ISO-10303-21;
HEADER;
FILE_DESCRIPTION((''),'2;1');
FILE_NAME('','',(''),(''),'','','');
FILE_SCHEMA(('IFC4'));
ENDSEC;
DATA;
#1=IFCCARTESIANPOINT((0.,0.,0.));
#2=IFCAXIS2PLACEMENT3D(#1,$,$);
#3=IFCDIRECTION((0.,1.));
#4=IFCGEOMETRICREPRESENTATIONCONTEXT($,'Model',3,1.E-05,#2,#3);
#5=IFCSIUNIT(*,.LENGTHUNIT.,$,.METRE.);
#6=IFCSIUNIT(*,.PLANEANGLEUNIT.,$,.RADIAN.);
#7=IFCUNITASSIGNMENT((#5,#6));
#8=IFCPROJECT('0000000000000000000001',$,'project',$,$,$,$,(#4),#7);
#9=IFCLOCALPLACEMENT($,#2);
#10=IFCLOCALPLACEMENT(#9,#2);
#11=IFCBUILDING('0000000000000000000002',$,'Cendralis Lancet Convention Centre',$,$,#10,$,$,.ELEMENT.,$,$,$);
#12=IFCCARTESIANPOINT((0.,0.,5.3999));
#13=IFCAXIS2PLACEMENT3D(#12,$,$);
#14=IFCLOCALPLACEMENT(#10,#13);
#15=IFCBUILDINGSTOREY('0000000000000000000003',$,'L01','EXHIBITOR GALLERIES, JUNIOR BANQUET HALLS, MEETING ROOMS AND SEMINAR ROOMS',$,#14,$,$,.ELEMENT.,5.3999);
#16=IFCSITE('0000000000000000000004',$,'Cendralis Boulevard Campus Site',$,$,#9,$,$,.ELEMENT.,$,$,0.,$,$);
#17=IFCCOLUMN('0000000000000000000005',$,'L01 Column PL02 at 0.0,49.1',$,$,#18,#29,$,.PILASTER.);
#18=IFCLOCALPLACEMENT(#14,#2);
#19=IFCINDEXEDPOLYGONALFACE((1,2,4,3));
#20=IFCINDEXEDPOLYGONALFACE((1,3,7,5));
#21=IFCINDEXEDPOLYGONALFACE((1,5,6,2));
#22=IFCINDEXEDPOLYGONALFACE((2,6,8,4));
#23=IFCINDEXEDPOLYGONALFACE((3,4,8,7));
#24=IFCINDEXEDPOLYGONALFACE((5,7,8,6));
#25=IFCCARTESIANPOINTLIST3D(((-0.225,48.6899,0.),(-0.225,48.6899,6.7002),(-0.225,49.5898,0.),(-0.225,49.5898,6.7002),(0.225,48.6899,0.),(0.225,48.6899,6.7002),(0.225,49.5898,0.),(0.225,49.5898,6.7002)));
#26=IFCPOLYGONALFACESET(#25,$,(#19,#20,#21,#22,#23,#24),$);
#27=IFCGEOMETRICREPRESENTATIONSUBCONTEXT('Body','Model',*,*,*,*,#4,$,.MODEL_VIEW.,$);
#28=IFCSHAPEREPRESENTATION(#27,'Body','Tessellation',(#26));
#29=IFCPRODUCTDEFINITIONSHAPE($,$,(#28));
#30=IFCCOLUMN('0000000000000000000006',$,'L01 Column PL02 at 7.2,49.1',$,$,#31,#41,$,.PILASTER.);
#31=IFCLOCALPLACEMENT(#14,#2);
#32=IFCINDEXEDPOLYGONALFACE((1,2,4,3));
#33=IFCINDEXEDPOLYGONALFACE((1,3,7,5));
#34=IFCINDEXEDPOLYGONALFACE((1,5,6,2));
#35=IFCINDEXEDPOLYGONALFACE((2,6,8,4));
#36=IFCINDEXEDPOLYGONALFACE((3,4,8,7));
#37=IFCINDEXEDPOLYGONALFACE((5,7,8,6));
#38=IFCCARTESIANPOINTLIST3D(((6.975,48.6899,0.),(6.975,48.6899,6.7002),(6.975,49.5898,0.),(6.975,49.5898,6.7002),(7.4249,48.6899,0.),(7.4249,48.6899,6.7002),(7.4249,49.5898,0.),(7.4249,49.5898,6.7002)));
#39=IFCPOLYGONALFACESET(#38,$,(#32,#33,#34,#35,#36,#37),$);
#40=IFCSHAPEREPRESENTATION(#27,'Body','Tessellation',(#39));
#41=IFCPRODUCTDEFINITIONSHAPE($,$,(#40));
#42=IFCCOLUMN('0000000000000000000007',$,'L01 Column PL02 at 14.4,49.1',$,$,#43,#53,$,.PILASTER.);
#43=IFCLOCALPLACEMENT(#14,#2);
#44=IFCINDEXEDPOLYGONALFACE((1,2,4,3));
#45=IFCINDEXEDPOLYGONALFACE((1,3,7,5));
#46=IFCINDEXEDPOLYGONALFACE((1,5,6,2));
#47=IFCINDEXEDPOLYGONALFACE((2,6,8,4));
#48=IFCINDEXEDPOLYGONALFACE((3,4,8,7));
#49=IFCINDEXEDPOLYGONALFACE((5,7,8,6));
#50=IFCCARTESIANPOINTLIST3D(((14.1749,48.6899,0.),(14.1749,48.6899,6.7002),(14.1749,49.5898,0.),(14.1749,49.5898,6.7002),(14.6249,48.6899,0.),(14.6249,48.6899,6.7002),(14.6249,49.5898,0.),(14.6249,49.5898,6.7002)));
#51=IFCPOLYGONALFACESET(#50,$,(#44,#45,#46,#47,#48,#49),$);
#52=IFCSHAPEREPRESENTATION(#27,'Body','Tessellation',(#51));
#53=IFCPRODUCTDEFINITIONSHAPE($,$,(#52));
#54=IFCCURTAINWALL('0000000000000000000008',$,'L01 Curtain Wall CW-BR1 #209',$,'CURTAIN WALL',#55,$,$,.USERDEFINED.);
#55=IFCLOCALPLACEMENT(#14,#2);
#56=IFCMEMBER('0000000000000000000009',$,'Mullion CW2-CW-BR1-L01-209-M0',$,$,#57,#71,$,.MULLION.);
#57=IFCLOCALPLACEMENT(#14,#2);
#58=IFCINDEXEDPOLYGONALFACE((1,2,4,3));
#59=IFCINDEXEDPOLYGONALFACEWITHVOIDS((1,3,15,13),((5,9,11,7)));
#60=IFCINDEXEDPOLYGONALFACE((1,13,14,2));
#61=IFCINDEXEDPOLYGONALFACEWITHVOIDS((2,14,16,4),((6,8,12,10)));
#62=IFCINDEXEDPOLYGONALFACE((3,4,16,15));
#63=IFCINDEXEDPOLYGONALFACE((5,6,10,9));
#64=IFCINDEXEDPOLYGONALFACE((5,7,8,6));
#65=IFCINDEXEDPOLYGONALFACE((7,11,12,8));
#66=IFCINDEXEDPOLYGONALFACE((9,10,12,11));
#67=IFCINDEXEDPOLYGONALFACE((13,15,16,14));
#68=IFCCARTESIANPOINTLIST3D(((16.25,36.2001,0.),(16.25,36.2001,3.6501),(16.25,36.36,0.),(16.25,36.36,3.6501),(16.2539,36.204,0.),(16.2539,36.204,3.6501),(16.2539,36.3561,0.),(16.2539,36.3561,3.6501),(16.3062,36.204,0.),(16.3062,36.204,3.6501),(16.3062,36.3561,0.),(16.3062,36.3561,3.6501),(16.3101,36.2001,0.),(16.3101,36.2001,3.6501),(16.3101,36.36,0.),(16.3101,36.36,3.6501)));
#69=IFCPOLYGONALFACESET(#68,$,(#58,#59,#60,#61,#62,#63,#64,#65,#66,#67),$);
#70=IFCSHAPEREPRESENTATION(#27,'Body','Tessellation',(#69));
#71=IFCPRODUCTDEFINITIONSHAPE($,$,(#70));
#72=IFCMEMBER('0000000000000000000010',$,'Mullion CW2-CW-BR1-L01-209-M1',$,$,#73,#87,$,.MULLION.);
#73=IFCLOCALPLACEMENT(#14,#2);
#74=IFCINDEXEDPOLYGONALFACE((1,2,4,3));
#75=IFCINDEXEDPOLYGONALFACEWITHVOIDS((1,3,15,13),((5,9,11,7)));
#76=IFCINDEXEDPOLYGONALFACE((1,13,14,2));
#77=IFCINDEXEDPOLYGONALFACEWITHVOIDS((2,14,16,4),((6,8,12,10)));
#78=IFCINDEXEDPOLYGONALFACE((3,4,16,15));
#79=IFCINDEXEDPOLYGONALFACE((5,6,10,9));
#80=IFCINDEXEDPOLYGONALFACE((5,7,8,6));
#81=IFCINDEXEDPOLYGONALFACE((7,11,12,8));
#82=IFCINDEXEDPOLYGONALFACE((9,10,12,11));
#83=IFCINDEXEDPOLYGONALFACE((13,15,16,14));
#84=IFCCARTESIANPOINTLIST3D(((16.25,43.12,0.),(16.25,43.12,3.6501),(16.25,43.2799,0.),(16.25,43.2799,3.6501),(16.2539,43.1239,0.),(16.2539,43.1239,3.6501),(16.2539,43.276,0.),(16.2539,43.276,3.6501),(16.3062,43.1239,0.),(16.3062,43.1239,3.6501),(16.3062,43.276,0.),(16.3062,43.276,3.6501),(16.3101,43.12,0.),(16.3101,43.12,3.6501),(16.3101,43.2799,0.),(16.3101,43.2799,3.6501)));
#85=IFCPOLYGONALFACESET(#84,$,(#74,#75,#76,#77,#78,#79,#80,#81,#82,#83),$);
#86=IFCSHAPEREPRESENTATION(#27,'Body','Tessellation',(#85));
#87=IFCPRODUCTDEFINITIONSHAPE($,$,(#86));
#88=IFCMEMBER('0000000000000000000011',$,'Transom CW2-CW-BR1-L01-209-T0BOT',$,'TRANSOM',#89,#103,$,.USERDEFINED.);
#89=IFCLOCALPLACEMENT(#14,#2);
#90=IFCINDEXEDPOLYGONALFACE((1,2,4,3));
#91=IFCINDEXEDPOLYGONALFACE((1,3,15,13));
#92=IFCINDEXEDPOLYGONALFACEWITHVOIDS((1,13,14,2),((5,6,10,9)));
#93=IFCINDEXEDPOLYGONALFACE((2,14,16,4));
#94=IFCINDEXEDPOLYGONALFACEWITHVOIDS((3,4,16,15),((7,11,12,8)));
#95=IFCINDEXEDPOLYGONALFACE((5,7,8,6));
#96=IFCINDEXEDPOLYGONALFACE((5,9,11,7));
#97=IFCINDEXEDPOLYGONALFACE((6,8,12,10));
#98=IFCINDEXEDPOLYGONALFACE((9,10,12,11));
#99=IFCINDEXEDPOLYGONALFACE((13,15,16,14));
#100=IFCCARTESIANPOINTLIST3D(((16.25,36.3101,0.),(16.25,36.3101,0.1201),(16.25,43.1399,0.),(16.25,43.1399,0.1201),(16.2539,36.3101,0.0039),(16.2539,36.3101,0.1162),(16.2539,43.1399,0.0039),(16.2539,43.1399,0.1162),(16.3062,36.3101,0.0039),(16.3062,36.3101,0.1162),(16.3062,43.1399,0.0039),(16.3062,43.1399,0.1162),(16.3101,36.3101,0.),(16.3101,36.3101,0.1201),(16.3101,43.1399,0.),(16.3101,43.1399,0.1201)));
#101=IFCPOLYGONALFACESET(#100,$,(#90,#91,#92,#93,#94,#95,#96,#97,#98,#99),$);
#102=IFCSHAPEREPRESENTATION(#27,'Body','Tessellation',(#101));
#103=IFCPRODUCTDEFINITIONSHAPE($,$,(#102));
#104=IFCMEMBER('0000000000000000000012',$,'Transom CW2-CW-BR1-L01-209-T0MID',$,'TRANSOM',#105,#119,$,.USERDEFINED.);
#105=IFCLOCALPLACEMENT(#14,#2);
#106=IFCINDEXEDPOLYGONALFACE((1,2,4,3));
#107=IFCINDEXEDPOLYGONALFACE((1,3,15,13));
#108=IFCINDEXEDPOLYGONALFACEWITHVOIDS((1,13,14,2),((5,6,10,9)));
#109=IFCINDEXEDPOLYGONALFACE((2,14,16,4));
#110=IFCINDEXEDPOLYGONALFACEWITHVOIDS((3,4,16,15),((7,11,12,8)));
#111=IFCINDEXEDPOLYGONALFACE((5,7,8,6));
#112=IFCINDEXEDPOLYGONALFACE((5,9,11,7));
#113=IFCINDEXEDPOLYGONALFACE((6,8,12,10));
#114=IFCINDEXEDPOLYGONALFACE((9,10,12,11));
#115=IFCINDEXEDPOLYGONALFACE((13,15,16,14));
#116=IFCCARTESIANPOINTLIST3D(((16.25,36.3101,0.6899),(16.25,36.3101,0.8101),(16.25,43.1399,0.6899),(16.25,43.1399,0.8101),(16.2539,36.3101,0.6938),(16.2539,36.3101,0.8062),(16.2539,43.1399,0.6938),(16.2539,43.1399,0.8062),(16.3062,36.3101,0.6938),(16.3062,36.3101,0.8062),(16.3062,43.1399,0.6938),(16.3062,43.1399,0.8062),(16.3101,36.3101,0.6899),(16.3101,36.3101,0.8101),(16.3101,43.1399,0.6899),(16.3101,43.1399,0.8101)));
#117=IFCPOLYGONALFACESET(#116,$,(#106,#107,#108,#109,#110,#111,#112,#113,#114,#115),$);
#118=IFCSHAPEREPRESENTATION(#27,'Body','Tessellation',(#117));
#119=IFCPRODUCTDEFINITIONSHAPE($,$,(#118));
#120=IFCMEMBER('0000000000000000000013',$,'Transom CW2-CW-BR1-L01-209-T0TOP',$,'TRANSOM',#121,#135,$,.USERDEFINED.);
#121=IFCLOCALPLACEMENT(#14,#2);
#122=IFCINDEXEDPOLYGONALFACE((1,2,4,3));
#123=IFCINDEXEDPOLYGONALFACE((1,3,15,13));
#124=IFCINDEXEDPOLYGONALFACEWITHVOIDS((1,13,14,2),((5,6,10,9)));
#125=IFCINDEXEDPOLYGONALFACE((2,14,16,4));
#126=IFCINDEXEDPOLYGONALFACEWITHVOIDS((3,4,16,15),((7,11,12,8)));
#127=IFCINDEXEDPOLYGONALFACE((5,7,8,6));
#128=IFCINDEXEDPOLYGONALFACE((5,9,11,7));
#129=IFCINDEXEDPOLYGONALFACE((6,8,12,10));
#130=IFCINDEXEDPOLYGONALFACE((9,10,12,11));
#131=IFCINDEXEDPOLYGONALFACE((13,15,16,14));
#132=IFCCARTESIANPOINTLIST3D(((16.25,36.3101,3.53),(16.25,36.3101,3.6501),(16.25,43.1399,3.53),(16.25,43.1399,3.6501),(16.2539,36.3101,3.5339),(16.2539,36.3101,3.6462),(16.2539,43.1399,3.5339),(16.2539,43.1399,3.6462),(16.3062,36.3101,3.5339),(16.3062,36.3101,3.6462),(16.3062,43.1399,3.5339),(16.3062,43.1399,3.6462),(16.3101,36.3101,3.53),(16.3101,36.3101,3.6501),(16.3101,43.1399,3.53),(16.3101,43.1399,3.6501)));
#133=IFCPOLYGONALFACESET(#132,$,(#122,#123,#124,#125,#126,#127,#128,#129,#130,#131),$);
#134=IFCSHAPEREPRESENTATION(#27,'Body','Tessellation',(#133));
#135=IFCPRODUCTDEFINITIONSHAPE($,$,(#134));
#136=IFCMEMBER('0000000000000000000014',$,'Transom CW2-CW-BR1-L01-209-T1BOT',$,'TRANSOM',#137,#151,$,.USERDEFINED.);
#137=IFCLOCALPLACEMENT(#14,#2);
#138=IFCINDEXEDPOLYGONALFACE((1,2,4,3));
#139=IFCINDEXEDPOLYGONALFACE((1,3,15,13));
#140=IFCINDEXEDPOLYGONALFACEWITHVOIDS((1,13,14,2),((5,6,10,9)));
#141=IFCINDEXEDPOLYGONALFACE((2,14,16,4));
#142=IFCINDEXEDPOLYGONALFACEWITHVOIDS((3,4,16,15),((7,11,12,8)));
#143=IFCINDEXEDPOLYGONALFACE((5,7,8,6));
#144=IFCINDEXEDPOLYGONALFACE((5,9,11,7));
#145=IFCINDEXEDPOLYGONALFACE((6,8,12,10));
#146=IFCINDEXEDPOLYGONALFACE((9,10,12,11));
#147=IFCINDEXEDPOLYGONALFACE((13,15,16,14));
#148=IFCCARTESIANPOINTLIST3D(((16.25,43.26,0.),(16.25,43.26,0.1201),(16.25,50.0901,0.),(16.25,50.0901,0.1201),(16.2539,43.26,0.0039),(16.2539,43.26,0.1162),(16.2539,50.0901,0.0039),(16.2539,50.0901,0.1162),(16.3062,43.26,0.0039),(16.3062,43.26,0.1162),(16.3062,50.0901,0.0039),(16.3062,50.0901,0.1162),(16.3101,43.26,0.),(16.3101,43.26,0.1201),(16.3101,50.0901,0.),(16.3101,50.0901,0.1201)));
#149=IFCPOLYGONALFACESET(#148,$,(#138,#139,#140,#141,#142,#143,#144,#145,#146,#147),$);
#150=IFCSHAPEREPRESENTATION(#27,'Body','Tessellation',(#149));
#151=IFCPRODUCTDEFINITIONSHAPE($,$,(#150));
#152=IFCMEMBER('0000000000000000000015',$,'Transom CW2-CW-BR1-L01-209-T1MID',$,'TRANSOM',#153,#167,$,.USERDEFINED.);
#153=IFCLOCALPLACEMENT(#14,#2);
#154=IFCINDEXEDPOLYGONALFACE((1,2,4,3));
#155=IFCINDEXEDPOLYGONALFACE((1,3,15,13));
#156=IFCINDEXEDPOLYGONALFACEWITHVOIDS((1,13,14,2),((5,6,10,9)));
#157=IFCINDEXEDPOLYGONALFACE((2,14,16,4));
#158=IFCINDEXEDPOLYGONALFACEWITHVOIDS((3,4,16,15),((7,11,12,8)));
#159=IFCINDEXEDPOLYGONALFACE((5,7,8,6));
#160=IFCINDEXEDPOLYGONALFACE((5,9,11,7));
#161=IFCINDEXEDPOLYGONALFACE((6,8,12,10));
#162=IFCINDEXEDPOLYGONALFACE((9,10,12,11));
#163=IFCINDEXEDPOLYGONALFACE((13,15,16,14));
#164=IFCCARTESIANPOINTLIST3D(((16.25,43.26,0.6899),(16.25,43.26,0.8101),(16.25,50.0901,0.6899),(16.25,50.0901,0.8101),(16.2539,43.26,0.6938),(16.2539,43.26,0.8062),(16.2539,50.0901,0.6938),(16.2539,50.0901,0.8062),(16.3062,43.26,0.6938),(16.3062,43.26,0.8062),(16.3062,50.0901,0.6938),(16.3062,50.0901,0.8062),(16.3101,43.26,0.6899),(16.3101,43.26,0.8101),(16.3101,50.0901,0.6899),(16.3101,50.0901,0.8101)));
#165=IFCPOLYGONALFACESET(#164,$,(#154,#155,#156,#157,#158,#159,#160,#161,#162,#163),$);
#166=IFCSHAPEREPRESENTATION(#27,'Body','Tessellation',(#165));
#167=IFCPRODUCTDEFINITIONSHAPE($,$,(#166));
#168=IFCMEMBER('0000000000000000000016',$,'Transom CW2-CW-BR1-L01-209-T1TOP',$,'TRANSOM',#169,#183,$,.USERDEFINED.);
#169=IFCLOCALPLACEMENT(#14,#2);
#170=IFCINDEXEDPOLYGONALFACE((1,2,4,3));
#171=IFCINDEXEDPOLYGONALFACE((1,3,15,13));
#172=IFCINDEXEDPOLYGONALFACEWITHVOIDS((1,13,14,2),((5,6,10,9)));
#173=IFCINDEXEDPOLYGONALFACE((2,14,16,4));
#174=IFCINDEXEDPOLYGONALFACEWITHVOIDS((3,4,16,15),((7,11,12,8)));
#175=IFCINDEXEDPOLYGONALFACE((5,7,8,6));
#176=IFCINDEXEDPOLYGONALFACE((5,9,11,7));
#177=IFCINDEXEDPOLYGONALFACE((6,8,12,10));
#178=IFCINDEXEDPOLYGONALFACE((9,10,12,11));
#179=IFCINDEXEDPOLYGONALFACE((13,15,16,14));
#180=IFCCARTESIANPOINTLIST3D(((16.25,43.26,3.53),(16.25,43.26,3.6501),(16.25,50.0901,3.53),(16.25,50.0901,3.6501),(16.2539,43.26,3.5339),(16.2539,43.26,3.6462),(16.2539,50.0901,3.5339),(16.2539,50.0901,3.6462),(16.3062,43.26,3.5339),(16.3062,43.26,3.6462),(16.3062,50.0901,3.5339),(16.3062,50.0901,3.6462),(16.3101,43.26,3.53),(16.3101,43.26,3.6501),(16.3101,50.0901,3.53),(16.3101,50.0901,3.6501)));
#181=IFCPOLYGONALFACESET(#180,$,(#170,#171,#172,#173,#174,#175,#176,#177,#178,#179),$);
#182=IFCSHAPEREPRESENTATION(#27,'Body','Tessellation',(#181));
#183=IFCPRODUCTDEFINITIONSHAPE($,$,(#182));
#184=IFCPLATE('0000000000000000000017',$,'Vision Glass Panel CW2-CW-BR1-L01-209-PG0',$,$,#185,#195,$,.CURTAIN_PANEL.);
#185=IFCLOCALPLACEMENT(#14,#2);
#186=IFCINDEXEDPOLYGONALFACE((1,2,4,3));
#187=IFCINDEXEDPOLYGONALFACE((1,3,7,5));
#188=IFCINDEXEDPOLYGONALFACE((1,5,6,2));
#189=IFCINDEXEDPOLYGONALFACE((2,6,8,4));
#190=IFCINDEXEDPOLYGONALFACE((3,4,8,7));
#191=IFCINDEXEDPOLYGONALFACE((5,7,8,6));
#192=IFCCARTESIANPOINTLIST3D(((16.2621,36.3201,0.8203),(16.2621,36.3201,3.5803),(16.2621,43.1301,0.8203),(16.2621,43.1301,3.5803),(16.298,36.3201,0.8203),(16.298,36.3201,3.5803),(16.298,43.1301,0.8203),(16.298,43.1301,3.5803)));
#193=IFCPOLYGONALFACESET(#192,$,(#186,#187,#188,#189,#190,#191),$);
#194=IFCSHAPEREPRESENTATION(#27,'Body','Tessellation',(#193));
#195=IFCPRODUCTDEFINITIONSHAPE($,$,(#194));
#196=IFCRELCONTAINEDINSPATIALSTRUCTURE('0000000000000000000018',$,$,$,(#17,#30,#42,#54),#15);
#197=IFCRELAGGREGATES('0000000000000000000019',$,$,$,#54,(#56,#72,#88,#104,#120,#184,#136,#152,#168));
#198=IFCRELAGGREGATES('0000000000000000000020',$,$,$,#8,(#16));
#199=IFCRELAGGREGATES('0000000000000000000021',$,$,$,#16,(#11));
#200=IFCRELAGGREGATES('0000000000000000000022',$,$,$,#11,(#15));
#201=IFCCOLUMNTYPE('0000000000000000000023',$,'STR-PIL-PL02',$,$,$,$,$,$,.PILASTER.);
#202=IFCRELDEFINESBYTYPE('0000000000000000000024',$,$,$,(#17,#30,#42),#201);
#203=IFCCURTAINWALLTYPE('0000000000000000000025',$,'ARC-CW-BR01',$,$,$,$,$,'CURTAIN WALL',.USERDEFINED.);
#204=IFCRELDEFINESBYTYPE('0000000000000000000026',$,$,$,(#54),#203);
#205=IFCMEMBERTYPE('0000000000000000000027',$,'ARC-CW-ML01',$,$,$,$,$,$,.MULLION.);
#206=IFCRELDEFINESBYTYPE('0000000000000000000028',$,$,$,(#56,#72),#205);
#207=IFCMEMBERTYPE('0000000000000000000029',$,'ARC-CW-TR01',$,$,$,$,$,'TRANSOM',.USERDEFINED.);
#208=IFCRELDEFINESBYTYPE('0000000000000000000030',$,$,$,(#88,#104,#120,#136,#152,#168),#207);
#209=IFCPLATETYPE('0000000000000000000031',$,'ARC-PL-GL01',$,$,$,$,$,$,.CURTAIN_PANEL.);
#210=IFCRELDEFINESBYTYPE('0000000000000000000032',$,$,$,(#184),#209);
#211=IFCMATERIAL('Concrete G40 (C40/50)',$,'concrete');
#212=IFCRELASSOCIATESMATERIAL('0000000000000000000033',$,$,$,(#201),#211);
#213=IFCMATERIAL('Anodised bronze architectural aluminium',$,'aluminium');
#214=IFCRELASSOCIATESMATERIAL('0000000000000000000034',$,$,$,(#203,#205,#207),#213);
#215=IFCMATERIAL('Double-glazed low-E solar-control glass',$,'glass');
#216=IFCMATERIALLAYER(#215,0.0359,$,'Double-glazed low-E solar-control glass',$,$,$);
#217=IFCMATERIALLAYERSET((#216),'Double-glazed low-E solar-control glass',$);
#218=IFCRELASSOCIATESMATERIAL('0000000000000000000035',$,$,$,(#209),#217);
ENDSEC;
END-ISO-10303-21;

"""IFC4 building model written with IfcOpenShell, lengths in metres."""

from ifc_helpers import new_model, si_unit, direction, frame, origin, origin_2d, place, context, subcontext, project, spatial, rectangle, hollow_rectangle, extrude, material, layer, layer_set, material_profile, profile_set, type_object, element, aggregate, save


model = new_model("IFC4")

# Units and contexts
model_context = context("Model", 3, precision=1e-05, world=origin(), true_north=direction((0.0, 1.0)))
body_context = subcontext(model_context, "Body", "Model", "MODEL_VIEW")
ifc_project = project(units=[si_unit("LENGTHUNIT", "METRE"), si_unit("PLANEANGLEUNIT", "RADIAN")], contexts=[model_context])

# Site, building, storey
site_placement = place(None, origin())
site = spatial("IfcSite", under=ifc_project, at=site_placement, Name="Cendralis Boulevard Campus Site", CompositionType="ELEMENT", RefElevation=0.0)
building_placement = place(site_placement, origin())
building = spatial("IfcBuilding", under=site, at=building_placement, Name="Cendralis Lancet Convention Centre", CompositionType="ELEMENT")
storey_placement = place(building_placement, frame((0.0, 0.0, 5.3999)))
storey = spatial("IfcBuildingStorey", under=building, at=storey_placement, Name="L01", Description="EXHIBITOR GALLERIES, JUNIOR BANQUET HALLS, MEETING ROOMS AND SEMINAR ROOMS", CompositionType="ELEMENT", Elevation=5.3999)

# Columns
ifc_material_1 = material(Name="Concrete G40 (C40/50)", Category="concrete")
ifc_material_profile_1 = material_profile(ifc_material_1, rectangle(XDim=0.45, YDim=0.8999, at=origin_2d()), Name="RC 450x900")
ifc_profile_set_1 = profile_set([ifc_material_profile_1], Name="Concrete G40 (C40/50)")
column_type = type_object("IfcColumnType", Name="STR-PIL-PL02", PredefinedType="PILASTER", material=ifc_profile_set_1)
for number, where, z_axis, x_axis, name in (
    (1, (0.0, 49.1399, 0.0), (0.0, 0.0, 1.0), (1.0, 0.0, 0.0), "L01 Column PL02 at 0.0,49.1"),
    (2, (7.2, 49.1399, 0.0), (0.0, 0.0, 1.0), (1.0, 0.0, 0.0), "L01 Column PL02 at 7.2,49.1"),
    (3, (14.3999, 49.1399, 0.0), (0.0, 0.0, 1.0), (1.0, 0.0, 0.0), "L01 Column PL02 at 14.4,49.1"),
):
    element("IfcColumn", number, at=place(storey_placement, frame(where, z_axis=z_axis, x_axis=x_axis)), inside=storey, type_object=column_type, Name=name, PredefinedType="PILASTER", context=body_context, shape_type="SweptSolid", body=[
        extrude(rectangle(XDim=0.45, YDim=0.8999, at=origin_2d()), origin(), (0.0, 0.0, 1.0), 6.7002),
    ])

# Curtain wall, members, plate
ifc_material_2 = material(Name="Anodised bronze architectural aluminium", Category="aluminium")
curtain_wall_type = type_object("IfcCurtainWallType", Name="ARC-CW-BR01", ElementType="CURTAIN WALL", PredefinedType="USERDEFINED", material=ifc_material_2)
curtain_wall_placement = place(storey_placement, origin())
curtain_wall = element("IfcCurtainWall", 4, at=curtain_wall_placement, inside=storey, type_object=curtain_wall_type, Name="L01 Curtain Wall CW-BR1 #209", ObjectType="CURTAIN WALL", PredefinedType="USERDEFINED")
ifc_material_profile_2 = material_profile(ifc_material_2, hollow_rectangle(XDim=0.0601, YDim=0.1599, WallThickness=0.0039, at=origin_2d()), Name="AL-MULL 60x160x4.0")
ifc_profile_set_2 = profile_set([ifc_material_profile_2], Name="Anodised bronze architectural aluminium")
member_type_1 = type_object("IfcMemberType", Name="ARC-CW-ML01", PredefinedType="MULLION", material=ifc_profile_set_2)
member_1_placement = place(storey_placement, frame((16.28, 36.28, 0.0), z_axis=(0.0, 0.0, 1.0), x_axis=(1.0, 0.0, 0.0)))
member_1 = element("IfcMember", 5, at=member_1_placement, type_object=member_type_1, Name="Mullion CW2-CW-BR1-L01-209-M0", PredefinedType="MULLION", context=body_context, shape_type="SweptSolid", body=[
    extrude(hollow_rectangle(XDim=0.0601, YDim=0.1599, WallThickness=0.0039, at=origin_2d()), origin(), (0.0, 0.0, 1.0), 3.6501),
])
member_2_placement = place(storey_placement, frame((16.28, 43.2, 0.0), z_axis=(0.0, 0.0, 1.0), x_axis=(1.0, 0.0, 0.0)))
member_2 = element("IfcMember", 6, at=member_2_placement, type_object=member_type_1, Name="Mullion CW2-CW-BR1-L01-209-M1", PredefinedType="MULLION", context=body_context, shape_type="SweptSolid", body=[
    extrude(hollow_rectangle(XDim=0.0601, YDim=0.1599, WallThickness=0.0039, at=origin_2d()), origin(), (0.0, 0.0, 1.0), 3.6501),
])
ifc_material_profile_3 = material_profile(ifc_material_2, hollow_rectangle(XDim=0.0601, YDim=0.1201, WallThickness=0.0039, at=origin_2d()), Name="AL-TRAN 60x120x4.0")
ifc_profile_set_3 = profile_set([ifc_material_profile_3], Name="Anodised bronze architectural aluminium")
member_type_2 = type_object("IfcMemberType", Name="ARC-CW-TR01", ElementType="TRANSOM", PredefinedType="USERDEFINED", material=ifc_profile_set_3)
member_3_placement = place(storey_placement, frame((16.28, 36.3101, 0.0601), z_axis=(0.0, 1.0, 0.0), x_axis=(-1.0, 0.0, 0.0)))
member_3 = element("IfcMember", 7, at=member_3_placement, type_object=member_type_2, Name="Transom CW2-CW-BR1-L01-209-T0BOT", ObjectType="TRANSOM", PredefinedType="USERDEFINED", context=body_context, shape_type="SweptSolid", body=[
    extrude(hollow_rectangle(XDim=0.0601, YDim=0.1201, WallThickness=0.0039, at=origin_2d()), origin(), (0.0, 0.0, 1.0), 6.8298),
])
member_4_placement = place(storey_placement, frame((16.28, 36.3101, 0.75), z_axis=(0.0, 1.0, 0.0), x_axis=(-1.0, 0.0, 0.0)))
member_4 = element("IfcMember", 8, at=member_4_placement, type_object=member_type_2, Name="Transom CW2-CW-BR1-L01-209-T0MID", ObjectType="TRANSOM", PredefinedType="USERDEFINED", context=body_context, shape_type="SweptSolid", body=[
    extrude(hollow_rectangle(XDim=0.0601, YDim=0.1201, WallThickness=0.0039, at=origin_2d()), origin(), (0.0, 0.0, 1.0), 6.8298),
])
member_5_placement = place(storey_placement, frame((16.28, 36.3101, 3.5901), z_axis=(0.0, 1.0, 0.0), x_axis=(-1.0, 0.0, 0.0)))
member_5 = element("IfcMember", 9, at=member_5_placement, type_object=member_type_2, Name="Transom CW2-CW-BR1-L01-209-T0TOP", ObjectType="TRANSOM", PredefinedType="USERDEFINED", context=body_context, shape_type="SweptSolid", body=[
    extrude(hollow_rectangle(XDim=0.0601, YDim=0.1201, WallThickness=0.0039, at=origin_2d()), origin(), (0.0, 0.0, 1.0), 6.8298),
])
member_6_placement = place(storey_placement, frame((16.28, 43.26, 0.0601), z_axis=(0.0, 1.0, 0.0), x_axis=(-1.0, 0.0, 0.0)))
member_6 = element("IfcMember", 10, at=member_6_placement, type_object=member_type_2, Name="Transom CW2-CW-BR1-L01-209-T1BOT", ObjectType="TRANSOM", PredefinedType="USERDEFINED", context=body_context, shape_type="SweptSolid", body=[
    extrude(hollow_rectangle(XDim=0.0601, YDim=0.1201, WallThickness=0.0039, at=origin_2d()), origin(), (0.0, 0.0, 1.0), 6.8301),
])
member_7_placement = place(storey_placement, frame((16.28, 43.26, 0.75), z_axis=(0.0, 1.0, 0.0), x_axis=(-1.0, 0.0, 0.0)))
member_7 = element("IfcMember", 11, at=member_7_placement, type_object=member_type_2, Name="Transom CW2-CW-BR1-L01-209-T1MID", ObjectType="TRANSOM", PredefinedType="USERDEFINED", context=body_context, shape_type="SweptSolid", body=[
    extrude(hollow_rectangle(XDim=0.0601, YDim=0.1201, WallThickness=0.0039, at=origin_2d()), origin(), (0.0, 0.0, 1.0), 6.8301),
])
member_8_placement = place(storey_placement, frame((16.28, 43.26, 3.5901), z_axis=(0.0, 1.0, 0.0), x_axis=(-1.0, 0.0, 0.0)))
member_8 = element("IfcMember", 12, at=member_8_placement, type_object=member_type_2, Name="Transom CW2-CW-BR1-L01-209-T1TOP", ObjectType="TRANSOM", PredefinedType="USERDEFINED", context=body_context, shape_type="SweptSolid", body=[
    extrude(hollow_rectangle(XDim=0.0601, YDim=0.1201, WallThickness=0.0039, at=origin_2d()), origin(), (0.0, 0.0, 1.0), 6.8301),
])
ifc_material_3 = material(Name="Double-glazed low-E solar-control glass", Category="glass")
ifc_layer_1 = layer(ifc_material_3, 0.0359, Name="Double-glazed low-E solar-control glass")
ifc_layer_set_1 = layer_set([ifc_layer_1], Name="Double-glazed low-E solar-control glass")
plate_type_1 = type_object("IfcPlateType", Name="ARC-PL-GL01", PredefinedType="CURTAIN_PANEL", material=ifc_layer_set_1)
plate_1_placement = place(storey_placement, frame((16.28, 39.7251, 0.8203), z_axis=(0.0, 0.0, 1.0), x_axis=(0.0, 1.0, 0.0)))
plate_1 = element("IfcPlate", 13, at=plate_1_placement, type_object=plate_type_1, Name="Vision Glass Panel CW2-CW-BR1-L01-209-PG0", PredefinedType="CURTAIN_PANEL", context=body_context, shape_type="SweptSolid", body=[
    extrude(rectangle(XDim=6.8101, YDim=0.0359, at=origin_2d()), origin(), (0.0, 0.0, 1.0), 2.76),
])
aggregate(curtain_wall, [member_1, member_2, member_3, member_4, member_5, plate_1, member_6, member_7, member_8])

save(model, "model.ifc")
